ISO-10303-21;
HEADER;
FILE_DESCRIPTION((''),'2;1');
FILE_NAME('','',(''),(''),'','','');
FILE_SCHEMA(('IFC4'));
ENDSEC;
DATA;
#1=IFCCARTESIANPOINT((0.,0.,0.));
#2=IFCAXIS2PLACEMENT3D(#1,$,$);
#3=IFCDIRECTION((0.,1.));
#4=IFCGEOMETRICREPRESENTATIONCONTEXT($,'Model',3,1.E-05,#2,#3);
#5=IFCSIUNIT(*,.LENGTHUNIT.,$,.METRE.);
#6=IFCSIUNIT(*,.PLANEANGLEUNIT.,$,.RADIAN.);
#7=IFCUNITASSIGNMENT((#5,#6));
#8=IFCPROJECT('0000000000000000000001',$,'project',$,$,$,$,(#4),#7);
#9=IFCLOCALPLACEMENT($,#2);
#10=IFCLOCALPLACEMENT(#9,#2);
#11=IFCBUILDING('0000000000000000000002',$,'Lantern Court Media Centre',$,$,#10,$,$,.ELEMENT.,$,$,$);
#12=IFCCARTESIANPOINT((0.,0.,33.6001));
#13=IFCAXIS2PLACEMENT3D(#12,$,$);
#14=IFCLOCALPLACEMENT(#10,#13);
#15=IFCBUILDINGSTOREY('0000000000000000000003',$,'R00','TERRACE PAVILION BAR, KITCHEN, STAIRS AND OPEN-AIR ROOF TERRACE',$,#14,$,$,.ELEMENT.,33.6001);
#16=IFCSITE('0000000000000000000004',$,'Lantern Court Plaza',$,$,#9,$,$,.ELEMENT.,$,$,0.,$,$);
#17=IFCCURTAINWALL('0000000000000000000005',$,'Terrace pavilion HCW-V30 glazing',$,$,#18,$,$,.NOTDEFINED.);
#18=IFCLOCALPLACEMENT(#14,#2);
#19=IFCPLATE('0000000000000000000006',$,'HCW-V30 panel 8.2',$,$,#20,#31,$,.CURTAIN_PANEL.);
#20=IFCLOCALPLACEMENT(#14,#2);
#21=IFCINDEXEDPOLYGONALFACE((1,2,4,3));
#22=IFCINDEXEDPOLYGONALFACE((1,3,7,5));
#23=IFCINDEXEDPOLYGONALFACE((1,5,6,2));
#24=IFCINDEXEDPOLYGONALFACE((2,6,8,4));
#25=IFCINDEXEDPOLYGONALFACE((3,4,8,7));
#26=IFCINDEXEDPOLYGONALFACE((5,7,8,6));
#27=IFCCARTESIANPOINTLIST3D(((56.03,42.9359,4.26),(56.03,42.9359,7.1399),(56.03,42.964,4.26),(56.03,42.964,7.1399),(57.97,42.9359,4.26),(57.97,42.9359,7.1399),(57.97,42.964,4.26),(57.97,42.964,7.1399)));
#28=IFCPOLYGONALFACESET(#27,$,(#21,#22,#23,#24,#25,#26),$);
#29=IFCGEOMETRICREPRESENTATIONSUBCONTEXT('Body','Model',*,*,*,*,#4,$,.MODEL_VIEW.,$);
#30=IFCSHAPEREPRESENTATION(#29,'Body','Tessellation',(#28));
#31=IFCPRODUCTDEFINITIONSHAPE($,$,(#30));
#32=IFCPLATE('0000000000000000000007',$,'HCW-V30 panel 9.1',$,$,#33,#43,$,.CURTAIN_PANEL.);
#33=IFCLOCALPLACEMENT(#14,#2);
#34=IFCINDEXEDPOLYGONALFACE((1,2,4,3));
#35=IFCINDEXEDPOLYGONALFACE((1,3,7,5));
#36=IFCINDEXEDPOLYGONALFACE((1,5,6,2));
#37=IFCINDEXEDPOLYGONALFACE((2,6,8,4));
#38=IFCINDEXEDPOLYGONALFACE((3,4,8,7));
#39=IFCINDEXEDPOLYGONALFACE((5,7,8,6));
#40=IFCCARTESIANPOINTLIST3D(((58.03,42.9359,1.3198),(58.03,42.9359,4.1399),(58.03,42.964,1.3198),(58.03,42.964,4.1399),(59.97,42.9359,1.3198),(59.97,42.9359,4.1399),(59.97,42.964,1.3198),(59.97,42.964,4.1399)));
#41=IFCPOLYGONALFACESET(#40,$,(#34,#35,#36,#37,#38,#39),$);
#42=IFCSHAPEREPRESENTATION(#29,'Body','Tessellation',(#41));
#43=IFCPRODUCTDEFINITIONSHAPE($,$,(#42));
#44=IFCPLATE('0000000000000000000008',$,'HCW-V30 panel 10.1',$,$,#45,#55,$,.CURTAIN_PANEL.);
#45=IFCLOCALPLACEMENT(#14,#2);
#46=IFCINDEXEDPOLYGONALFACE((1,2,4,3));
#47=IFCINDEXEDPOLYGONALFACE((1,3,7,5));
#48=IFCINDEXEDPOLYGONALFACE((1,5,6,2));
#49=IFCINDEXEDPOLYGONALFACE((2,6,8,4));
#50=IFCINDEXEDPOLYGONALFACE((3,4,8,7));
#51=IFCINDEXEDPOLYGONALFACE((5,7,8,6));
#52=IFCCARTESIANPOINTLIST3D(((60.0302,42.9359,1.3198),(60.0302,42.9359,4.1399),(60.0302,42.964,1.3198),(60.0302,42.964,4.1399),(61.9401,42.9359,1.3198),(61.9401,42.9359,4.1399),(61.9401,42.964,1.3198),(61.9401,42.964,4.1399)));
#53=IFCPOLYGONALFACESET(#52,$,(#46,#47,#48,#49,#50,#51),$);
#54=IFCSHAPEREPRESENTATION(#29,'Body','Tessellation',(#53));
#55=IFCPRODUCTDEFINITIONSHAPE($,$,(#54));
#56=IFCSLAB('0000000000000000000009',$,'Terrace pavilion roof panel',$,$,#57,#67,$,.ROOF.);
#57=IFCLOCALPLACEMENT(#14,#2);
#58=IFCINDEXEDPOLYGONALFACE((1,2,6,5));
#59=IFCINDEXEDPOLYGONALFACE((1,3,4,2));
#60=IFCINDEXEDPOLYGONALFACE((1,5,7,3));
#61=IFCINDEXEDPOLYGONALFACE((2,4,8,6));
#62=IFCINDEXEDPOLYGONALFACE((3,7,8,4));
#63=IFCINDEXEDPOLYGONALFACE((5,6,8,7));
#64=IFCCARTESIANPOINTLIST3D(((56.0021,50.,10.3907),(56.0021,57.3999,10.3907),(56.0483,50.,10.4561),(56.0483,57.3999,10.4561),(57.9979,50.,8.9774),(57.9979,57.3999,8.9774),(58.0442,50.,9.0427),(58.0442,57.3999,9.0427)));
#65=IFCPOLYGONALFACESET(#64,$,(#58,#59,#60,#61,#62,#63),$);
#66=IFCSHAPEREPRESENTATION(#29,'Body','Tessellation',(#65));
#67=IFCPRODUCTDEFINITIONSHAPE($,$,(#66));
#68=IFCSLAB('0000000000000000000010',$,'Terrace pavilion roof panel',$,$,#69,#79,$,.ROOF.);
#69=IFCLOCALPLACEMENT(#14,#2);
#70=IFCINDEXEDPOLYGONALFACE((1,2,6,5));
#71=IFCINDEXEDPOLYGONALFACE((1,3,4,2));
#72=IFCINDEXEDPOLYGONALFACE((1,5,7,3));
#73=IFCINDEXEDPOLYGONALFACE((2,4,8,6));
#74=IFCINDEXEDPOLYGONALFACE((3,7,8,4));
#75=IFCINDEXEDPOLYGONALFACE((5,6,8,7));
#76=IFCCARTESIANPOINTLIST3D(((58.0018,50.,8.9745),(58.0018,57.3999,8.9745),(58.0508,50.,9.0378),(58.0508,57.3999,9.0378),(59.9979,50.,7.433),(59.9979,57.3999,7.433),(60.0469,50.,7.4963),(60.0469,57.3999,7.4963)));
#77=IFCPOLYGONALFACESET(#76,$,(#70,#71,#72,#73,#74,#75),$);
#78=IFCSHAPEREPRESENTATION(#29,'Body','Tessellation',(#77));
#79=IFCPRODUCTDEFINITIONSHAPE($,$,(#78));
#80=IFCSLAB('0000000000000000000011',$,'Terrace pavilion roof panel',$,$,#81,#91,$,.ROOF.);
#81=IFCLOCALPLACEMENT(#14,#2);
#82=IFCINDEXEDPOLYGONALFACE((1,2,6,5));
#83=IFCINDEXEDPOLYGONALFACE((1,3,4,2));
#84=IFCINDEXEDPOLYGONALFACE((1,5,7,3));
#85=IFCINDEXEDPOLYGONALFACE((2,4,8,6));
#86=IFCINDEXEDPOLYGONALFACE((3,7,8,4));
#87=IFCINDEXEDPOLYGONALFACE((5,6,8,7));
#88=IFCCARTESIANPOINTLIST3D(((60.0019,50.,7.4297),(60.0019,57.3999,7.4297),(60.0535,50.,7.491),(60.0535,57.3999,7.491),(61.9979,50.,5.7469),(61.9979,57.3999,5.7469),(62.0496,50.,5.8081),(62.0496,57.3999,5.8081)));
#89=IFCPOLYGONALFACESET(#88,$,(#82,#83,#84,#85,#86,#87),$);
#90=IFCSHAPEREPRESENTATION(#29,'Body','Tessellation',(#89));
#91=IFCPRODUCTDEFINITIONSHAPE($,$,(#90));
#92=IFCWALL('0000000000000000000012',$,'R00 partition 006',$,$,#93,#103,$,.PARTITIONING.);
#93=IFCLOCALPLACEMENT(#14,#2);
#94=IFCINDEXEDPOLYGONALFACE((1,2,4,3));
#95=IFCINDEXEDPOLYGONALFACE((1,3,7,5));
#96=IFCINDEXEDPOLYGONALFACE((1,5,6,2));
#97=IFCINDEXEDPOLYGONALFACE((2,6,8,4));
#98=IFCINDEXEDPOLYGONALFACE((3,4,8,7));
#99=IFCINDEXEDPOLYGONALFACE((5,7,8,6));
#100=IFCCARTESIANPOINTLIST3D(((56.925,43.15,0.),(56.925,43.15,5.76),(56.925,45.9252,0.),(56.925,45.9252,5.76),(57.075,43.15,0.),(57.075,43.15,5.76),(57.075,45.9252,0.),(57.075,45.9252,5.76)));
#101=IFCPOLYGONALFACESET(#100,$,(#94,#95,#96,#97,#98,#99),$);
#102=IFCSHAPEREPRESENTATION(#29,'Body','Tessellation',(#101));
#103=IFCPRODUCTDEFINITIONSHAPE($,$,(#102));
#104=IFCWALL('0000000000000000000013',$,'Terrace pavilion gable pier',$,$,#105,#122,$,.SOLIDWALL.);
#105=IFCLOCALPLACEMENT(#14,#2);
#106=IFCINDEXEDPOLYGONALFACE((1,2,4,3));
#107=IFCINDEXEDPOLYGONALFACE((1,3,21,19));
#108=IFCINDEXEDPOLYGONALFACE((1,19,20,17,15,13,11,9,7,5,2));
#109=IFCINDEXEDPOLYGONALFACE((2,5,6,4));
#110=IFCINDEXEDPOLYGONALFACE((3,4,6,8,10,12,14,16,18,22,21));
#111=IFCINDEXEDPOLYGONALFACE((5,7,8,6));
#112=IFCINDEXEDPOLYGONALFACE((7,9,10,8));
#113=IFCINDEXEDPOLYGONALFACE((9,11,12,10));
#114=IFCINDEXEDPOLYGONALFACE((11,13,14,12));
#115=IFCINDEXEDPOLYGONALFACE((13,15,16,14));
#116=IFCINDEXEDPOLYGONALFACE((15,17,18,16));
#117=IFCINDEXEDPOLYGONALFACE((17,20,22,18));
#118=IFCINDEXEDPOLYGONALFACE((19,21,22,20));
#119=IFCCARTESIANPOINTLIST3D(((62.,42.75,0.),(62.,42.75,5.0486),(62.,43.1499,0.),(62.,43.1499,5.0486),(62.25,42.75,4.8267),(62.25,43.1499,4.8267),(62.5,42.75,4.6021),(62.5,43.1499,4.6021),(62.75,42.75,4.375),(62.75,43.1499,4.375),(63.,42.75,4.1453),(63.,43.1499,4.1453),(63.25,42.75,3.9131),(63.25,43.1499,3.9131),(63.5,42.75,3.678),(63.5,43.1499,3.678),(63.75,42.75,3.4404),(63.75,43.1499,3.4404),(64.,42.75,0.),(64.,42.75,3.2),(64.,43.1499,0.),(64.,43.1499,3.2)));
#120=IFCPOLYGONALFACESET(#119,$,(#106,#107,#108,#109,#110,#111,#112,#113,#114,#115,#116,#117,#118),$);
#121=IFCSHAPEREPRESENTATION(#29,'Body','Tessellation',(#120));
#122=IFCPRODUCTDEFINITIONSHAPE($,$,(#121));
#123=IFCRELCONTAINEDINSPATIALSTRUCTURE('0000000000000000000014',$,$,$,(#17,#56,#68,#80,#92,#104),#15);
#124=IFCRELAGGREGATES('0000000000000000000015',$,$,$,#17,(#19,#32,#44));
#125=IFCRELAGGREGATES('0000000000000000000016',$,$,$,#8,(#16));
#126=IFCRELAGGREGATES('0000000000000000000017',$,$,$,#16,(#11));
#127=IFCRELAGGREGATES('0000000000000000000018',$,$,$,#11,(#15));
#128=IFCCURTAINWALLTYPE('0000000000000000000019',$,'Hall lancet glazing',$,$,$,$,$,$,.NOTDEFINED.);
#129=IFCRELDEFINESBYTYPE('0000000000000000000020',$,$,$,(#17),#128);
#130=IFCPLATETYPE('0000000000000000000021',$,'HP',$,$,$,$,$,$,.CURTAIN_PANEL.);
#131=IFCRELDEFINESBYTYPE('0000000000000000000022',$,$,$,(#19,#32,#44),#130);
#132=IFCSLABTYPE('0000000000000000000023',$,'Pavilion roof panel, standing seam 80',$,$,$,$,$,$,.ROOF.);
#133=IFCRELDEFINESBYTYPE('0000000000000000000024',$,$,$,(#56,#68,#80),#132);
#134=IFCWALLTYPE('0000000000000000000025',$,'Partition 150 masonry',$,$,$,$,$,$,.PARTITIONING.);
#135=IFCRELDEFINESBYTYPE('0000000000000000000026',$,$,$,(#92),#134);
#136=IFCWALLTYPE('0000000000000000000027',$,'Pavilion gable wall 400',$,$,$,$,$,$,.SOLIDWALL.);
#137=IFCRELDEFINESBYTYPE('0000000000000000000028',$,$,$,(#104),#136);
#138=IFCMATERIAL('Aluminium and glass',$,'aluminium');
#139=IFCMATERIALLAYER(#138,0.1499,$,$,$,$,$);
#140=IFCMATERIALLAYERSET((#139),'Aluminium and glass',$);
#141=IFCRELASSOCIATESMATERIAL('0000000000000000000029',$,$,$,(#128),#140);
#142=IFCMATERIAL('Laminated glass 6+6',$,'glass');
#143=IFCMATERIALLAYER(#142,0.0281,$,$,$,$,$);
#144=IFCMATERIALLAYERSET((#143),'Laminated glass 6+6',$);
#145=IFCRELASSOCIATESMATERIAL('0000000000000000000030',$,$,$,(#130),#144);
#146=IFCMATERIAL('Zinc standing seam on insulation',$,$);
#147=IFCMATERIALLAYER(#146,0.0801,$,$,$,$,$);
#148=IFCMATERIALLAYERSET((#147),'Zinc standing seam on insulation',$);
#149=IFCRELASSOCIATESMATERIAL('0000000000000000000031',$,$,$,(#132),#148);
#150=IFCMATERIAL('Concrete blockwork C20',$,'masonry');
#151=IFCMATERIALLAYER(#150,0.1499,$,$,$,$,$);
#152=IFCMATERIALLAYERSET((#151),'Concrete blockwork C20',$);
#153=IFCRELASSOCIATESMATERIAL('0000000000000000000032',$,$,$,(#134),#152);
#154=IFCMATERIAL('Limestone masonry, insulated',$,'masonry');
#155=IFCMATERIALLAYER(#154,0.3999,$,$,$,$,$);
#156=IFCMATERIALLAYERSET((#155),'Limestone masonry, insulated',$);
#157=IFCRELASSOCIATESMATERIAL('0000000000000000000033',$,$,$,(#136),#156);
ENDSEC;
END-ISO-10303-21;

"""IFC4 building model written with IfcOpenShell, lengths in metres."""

from ifc_helpers import new_model, si_unit, direction, frame, frame_2d, origin, origin_2d, place, context, subcontext, project, spatial, polyline, rectangle, outline, extrude, material, layer, layer_set, type_object, element, aggregate, save


model = new_model("IFC4")

# Units and contexts
model_context = context("Model", 3, precision=1e-05, world=origin(), true_north=direction((0.0, 1.0)))
body_context = subcontext(model_context, "Body", "Model", "MODEL_VIEW")
ifc_project = project(units=[si_unit("LENGTHUNIT", "METRE"), si_unit("PLANEANGLEUNIT", "RADIAN")], contexts=[model_context])

# Site, building, storey
site_placement = place(None, origin())
site = spatial("IfcSite", under=ifc_project, at=site_placement, Name="Lantern Court Plaza", CompositionType="ELEMENT", RefElevation=0.0)
building_placement = place(site_placement, origin())
building = spatial("IfcBuilding", under=site, at=building_placement, Name="Lantern Court Media Centre", CompositionType="ELEMENT")
storey_placement = place(building_placement, frame((0.0, 0.0, 33.6001)))
storey = spatial("IfcBuildingStorey", under=building, at=storey_placement, Name="R00", Description="TERRACE PAVILION BAR, KITCHEN, STAIRS AND OPEN-AIR ROOF TERRACE", CompositionType="ELEMENT", Elevation=33.6001)

# Curtain wall
ifc_material_1 = material(Name="Aluminium and glass", Category="aluminium")
ifc_layer_1 = layer(ifc_material_1, 0.1499)
ifc_layer_set_1 = layer_set([ifc_layer_1], Name="Aluminium and glass")
curtain_wall_type = type_object("IfcCurtainWallType", Name="Hall lancet glazing", PredefinedType="NOTDEFINED", material=ifc_layer_set_1)
curtain_wall_placement = place(storey_placement, origin())
curtain_wall = element("IfcCurtainWall", 1, at=curtain_wall_placement, inside=storey, type_object=curtain_wall_type, Name="Terrace pavilion HCW-V30 glazing", PredefinedType="NOTDEFINED")

# Plates
ifc_material_2 = material(Name="Laminated glass 6+6", Category="glass")
ifc_layer_2 = layer(ifc_material_2, 0.0281)
ifc_layer_set_2 = layer_set([ifc_layer_2], Name="Laminated glass 6+6")
plate_type = type_object("IfcPlateType", Name="HP", PredefinedType="CURTAIN_PANEL", material=ifc_layer_set_2)
plate_1_placement = place(storey_placement, frame((57.0, 42.95, 4.26), z_axis=(0.0, 0.0, 1.0), x_axis=(1.0, 0.0, 0.0)))
plate_1 = element("IfcPlate", 2, at=plate_1_placement, type_object=plate_type, Name="HCW-V30 panel 8.2", PredefinedType="CURTAIN_PANEL", context=body_context, shape_type="SweptSolid", body=[
    extrude(rectangle(XDim=1.9399, YDim=0.0281, at=origin_2d()), origin(), (0.0, 0.0, 1.0), 2.8799),
])
plate_2_placement = place(storey_placement, frame((59.0, 42.95, 1.3198), z_axis=(0.0, 0.0, 1.0), x_axis=(1.0, 0.0, 0.0)))
plate_2 = element("IfcPlate", 3, at=plate_2_placement, type_object=plate_type, Name="HCW-V30 panel 9.1", PredefinedType="CURTAIN_PANEL", context=body_context, shape_type="SweptSolid", body=[
    extrude(rectangle(XDim=1.9399, YDim=0.0281, at=origin_2d()), origin(), (0.0, 0.0, 1.0), 2.8201),
])
plate_3_placement = place(storey_placement, frame((60.9851, 42.95, 1.3198), z_axis=(0.0, 0.0, 1.0), x_axis=(1.0, 0.0, 0.0)))
plate_3 = element("IfcPlate", 4, at=plate_3_placement, type_object=plate_type, Name="HCW-V30 panel 10.1", PredefinedType="CURTAIN_PANEL", context=body_context, shape_type="SweptSolid", body=[
    extrude(rectangle(XDim=1.9099, YDim=0.0281, at=origin_2d()), origin(), (0.0, 0.0, 1.0), 2.8201),
])
aggregate(curtain_wall, [plate_1, plate_2, plate_3])

# Slabs
ifc_material_3 = material(Name="Zinc standing seam on insulation")
ifc_layer_3 = layer(ifc_material_3, 0.0801)
ifc_layer_set_3 = layer_set([ifc_layer_3], Name="Zinc standing seam on insulation")
slab_type = type_object("IfcSlabType", Name="Pavilion roof panel, standing seam 80", PredefinedType="ROOF", material=ifc_layer_set_3)
slab_1_placement = place(storey_placement, frame((56.0483, 50.0, 10.4561), z_axis=(0.577909, 0.0, 0.816101), x_axis=(0.816101, 0.0, -0.577909)))
element("IfcSlab", 5, at=slab_1_placement, inside=storey, type_object=slab_type, Name="Terrace pavilion roof panel", PredefinedType="ROOF", context=body_context, shape_type="SweptSolid", body=[
    extrude(outline(polyline([(0.0, 0.0), (2.4456, 0.0), (2.4456, 7.3999), (0.0, 7.3999), (0.0, 0.0)])), origin(), (0.0, 0.0, -1.0), 0.0801),
])
slab_2_placement = place(storey_placement, frame((58.0508, 50.0, 9.0378), z_axis=(0.611216, 0.0, 0.791464), x_axis=(0.791464, 0.0, -0.611216)))
element("IfcSlab", 6, at=slab_2_placement, inside=storey, type_object=slab_type, Name="Terrace pavilion roof panel", PredefinedType="ROOF", context=body_context, shape_type="SweptSolid", body=[
    extrude(outline(polyline([(0.0, 0.0), (2.522, 0.0), (2.522, 7.3999), (0.0, 7.3999), (0.0, 0.0)])), origin(), (0.0, 0.0, -1.0), 0.0801),
])
slab_3_placement = place(storey_placement, frame((60.0535, 50.0, 7.491), z_axis=(0.64457, 0.0, 0.764545), x_axis=(0.764545, 0.0, -0.64457)))
element("IfcSlab", 7, at=slab_3_placement, inside=storey, type_object=slab_type, Name="Terrace pavilion roof panel", PredefinedType="ROOF", context=body_context, shape_type="SweptSolid", body=[
    extrude(outline(polyline([(0.0, 0.0), (2.6108, 0.0), (2.6108, 7.3999), (0.0, 7.3999), (0.0, 0.0)])), origin(), (0.0, 0.0, -1.0), 0.0801),
])

# Walls
ifc_material_4 = material(Name="Concrete blockwork C20", Category="masonry")
ifc_layer_4 = layer(ifc_material_4, 0.1499)
ifc_layer_set_4 = layer_set([ifc_layer_4], Name="Concrete blockwork C20")
wall_type_1 = type_object("IfcWallType", Name="Partition 150 masonry", PredefinedType="PARTITIONING", material=ifc_layer_set_4)
wall_1_placement = place(storey_placement, frame((57.0, 43.1499, 0.0), z_axis=(0.0, 0.0, 1.0), x_axis=(0.0, 1.0, 0.0)))
element("IfcWall", 8, at=wall_1_placement, inside=storey, type_object=wall_type_1, Name="R00 partition 006", PredefinedType="PARTITIONING", context=body_context, shape_type="SweptSolid", body=[
    extrude(rectangle(XDim=2.7751, YDim=0.1499, at=frame_2d((1.3877, 0.0))), origin(), (0.0, 0.0, 1.0), 5.76),
])
ifc_material_5 = material(Name="Limestone masonry, insulated", Category="masonry")
ifc_layer_5 = layer(ifc_material_5, 0.3999)
ifc_layer_set_5 = layer_set([ifc_layer_5], Name="Limestone masonry, insulated")
wall_type_2 = type_object("IfcWallType", Name="Pavilion gable wall 400", PredefinedType="SOLIDWALL", material=ifc_layer_set_5)
wall_2_placement = place(storey_placement, frame((62.0, 42.95, 0.0), z_axis=(0.0, 0.0, 1.0), x_axis=(1.0, 0.0, 0.0)))
element("IfcWall", 9, at=wall_2_placement, inside=storey, type_object=wall_type_2, Name="Terrace pavilion gable pier", PredefinedType="SOLIDWALL", context=body_context, shape_type="SweptSolid", body=[
    extrude(outline(polyline([(0.0, 0.0), (2.0, 0.0), (2.0, 3.2), (1.75, 3.4404), (1.5, 3.678), (1.25, 3.9131), (1.0, 4.1453), (0.75, 4.375), (0.5, 4.6021), (0.25, 4.8267), (0.0, 5.0486), (0.0, 0.0)])), frame((0.0, 0.2, 0.0), z_axis=(0.0, -1.0, 0.0), x_axis=(1.0, 0.0, 0.0)), (0.0, 0.0, 1.0), 0.3999),
])

save(model, "model.ifc")
